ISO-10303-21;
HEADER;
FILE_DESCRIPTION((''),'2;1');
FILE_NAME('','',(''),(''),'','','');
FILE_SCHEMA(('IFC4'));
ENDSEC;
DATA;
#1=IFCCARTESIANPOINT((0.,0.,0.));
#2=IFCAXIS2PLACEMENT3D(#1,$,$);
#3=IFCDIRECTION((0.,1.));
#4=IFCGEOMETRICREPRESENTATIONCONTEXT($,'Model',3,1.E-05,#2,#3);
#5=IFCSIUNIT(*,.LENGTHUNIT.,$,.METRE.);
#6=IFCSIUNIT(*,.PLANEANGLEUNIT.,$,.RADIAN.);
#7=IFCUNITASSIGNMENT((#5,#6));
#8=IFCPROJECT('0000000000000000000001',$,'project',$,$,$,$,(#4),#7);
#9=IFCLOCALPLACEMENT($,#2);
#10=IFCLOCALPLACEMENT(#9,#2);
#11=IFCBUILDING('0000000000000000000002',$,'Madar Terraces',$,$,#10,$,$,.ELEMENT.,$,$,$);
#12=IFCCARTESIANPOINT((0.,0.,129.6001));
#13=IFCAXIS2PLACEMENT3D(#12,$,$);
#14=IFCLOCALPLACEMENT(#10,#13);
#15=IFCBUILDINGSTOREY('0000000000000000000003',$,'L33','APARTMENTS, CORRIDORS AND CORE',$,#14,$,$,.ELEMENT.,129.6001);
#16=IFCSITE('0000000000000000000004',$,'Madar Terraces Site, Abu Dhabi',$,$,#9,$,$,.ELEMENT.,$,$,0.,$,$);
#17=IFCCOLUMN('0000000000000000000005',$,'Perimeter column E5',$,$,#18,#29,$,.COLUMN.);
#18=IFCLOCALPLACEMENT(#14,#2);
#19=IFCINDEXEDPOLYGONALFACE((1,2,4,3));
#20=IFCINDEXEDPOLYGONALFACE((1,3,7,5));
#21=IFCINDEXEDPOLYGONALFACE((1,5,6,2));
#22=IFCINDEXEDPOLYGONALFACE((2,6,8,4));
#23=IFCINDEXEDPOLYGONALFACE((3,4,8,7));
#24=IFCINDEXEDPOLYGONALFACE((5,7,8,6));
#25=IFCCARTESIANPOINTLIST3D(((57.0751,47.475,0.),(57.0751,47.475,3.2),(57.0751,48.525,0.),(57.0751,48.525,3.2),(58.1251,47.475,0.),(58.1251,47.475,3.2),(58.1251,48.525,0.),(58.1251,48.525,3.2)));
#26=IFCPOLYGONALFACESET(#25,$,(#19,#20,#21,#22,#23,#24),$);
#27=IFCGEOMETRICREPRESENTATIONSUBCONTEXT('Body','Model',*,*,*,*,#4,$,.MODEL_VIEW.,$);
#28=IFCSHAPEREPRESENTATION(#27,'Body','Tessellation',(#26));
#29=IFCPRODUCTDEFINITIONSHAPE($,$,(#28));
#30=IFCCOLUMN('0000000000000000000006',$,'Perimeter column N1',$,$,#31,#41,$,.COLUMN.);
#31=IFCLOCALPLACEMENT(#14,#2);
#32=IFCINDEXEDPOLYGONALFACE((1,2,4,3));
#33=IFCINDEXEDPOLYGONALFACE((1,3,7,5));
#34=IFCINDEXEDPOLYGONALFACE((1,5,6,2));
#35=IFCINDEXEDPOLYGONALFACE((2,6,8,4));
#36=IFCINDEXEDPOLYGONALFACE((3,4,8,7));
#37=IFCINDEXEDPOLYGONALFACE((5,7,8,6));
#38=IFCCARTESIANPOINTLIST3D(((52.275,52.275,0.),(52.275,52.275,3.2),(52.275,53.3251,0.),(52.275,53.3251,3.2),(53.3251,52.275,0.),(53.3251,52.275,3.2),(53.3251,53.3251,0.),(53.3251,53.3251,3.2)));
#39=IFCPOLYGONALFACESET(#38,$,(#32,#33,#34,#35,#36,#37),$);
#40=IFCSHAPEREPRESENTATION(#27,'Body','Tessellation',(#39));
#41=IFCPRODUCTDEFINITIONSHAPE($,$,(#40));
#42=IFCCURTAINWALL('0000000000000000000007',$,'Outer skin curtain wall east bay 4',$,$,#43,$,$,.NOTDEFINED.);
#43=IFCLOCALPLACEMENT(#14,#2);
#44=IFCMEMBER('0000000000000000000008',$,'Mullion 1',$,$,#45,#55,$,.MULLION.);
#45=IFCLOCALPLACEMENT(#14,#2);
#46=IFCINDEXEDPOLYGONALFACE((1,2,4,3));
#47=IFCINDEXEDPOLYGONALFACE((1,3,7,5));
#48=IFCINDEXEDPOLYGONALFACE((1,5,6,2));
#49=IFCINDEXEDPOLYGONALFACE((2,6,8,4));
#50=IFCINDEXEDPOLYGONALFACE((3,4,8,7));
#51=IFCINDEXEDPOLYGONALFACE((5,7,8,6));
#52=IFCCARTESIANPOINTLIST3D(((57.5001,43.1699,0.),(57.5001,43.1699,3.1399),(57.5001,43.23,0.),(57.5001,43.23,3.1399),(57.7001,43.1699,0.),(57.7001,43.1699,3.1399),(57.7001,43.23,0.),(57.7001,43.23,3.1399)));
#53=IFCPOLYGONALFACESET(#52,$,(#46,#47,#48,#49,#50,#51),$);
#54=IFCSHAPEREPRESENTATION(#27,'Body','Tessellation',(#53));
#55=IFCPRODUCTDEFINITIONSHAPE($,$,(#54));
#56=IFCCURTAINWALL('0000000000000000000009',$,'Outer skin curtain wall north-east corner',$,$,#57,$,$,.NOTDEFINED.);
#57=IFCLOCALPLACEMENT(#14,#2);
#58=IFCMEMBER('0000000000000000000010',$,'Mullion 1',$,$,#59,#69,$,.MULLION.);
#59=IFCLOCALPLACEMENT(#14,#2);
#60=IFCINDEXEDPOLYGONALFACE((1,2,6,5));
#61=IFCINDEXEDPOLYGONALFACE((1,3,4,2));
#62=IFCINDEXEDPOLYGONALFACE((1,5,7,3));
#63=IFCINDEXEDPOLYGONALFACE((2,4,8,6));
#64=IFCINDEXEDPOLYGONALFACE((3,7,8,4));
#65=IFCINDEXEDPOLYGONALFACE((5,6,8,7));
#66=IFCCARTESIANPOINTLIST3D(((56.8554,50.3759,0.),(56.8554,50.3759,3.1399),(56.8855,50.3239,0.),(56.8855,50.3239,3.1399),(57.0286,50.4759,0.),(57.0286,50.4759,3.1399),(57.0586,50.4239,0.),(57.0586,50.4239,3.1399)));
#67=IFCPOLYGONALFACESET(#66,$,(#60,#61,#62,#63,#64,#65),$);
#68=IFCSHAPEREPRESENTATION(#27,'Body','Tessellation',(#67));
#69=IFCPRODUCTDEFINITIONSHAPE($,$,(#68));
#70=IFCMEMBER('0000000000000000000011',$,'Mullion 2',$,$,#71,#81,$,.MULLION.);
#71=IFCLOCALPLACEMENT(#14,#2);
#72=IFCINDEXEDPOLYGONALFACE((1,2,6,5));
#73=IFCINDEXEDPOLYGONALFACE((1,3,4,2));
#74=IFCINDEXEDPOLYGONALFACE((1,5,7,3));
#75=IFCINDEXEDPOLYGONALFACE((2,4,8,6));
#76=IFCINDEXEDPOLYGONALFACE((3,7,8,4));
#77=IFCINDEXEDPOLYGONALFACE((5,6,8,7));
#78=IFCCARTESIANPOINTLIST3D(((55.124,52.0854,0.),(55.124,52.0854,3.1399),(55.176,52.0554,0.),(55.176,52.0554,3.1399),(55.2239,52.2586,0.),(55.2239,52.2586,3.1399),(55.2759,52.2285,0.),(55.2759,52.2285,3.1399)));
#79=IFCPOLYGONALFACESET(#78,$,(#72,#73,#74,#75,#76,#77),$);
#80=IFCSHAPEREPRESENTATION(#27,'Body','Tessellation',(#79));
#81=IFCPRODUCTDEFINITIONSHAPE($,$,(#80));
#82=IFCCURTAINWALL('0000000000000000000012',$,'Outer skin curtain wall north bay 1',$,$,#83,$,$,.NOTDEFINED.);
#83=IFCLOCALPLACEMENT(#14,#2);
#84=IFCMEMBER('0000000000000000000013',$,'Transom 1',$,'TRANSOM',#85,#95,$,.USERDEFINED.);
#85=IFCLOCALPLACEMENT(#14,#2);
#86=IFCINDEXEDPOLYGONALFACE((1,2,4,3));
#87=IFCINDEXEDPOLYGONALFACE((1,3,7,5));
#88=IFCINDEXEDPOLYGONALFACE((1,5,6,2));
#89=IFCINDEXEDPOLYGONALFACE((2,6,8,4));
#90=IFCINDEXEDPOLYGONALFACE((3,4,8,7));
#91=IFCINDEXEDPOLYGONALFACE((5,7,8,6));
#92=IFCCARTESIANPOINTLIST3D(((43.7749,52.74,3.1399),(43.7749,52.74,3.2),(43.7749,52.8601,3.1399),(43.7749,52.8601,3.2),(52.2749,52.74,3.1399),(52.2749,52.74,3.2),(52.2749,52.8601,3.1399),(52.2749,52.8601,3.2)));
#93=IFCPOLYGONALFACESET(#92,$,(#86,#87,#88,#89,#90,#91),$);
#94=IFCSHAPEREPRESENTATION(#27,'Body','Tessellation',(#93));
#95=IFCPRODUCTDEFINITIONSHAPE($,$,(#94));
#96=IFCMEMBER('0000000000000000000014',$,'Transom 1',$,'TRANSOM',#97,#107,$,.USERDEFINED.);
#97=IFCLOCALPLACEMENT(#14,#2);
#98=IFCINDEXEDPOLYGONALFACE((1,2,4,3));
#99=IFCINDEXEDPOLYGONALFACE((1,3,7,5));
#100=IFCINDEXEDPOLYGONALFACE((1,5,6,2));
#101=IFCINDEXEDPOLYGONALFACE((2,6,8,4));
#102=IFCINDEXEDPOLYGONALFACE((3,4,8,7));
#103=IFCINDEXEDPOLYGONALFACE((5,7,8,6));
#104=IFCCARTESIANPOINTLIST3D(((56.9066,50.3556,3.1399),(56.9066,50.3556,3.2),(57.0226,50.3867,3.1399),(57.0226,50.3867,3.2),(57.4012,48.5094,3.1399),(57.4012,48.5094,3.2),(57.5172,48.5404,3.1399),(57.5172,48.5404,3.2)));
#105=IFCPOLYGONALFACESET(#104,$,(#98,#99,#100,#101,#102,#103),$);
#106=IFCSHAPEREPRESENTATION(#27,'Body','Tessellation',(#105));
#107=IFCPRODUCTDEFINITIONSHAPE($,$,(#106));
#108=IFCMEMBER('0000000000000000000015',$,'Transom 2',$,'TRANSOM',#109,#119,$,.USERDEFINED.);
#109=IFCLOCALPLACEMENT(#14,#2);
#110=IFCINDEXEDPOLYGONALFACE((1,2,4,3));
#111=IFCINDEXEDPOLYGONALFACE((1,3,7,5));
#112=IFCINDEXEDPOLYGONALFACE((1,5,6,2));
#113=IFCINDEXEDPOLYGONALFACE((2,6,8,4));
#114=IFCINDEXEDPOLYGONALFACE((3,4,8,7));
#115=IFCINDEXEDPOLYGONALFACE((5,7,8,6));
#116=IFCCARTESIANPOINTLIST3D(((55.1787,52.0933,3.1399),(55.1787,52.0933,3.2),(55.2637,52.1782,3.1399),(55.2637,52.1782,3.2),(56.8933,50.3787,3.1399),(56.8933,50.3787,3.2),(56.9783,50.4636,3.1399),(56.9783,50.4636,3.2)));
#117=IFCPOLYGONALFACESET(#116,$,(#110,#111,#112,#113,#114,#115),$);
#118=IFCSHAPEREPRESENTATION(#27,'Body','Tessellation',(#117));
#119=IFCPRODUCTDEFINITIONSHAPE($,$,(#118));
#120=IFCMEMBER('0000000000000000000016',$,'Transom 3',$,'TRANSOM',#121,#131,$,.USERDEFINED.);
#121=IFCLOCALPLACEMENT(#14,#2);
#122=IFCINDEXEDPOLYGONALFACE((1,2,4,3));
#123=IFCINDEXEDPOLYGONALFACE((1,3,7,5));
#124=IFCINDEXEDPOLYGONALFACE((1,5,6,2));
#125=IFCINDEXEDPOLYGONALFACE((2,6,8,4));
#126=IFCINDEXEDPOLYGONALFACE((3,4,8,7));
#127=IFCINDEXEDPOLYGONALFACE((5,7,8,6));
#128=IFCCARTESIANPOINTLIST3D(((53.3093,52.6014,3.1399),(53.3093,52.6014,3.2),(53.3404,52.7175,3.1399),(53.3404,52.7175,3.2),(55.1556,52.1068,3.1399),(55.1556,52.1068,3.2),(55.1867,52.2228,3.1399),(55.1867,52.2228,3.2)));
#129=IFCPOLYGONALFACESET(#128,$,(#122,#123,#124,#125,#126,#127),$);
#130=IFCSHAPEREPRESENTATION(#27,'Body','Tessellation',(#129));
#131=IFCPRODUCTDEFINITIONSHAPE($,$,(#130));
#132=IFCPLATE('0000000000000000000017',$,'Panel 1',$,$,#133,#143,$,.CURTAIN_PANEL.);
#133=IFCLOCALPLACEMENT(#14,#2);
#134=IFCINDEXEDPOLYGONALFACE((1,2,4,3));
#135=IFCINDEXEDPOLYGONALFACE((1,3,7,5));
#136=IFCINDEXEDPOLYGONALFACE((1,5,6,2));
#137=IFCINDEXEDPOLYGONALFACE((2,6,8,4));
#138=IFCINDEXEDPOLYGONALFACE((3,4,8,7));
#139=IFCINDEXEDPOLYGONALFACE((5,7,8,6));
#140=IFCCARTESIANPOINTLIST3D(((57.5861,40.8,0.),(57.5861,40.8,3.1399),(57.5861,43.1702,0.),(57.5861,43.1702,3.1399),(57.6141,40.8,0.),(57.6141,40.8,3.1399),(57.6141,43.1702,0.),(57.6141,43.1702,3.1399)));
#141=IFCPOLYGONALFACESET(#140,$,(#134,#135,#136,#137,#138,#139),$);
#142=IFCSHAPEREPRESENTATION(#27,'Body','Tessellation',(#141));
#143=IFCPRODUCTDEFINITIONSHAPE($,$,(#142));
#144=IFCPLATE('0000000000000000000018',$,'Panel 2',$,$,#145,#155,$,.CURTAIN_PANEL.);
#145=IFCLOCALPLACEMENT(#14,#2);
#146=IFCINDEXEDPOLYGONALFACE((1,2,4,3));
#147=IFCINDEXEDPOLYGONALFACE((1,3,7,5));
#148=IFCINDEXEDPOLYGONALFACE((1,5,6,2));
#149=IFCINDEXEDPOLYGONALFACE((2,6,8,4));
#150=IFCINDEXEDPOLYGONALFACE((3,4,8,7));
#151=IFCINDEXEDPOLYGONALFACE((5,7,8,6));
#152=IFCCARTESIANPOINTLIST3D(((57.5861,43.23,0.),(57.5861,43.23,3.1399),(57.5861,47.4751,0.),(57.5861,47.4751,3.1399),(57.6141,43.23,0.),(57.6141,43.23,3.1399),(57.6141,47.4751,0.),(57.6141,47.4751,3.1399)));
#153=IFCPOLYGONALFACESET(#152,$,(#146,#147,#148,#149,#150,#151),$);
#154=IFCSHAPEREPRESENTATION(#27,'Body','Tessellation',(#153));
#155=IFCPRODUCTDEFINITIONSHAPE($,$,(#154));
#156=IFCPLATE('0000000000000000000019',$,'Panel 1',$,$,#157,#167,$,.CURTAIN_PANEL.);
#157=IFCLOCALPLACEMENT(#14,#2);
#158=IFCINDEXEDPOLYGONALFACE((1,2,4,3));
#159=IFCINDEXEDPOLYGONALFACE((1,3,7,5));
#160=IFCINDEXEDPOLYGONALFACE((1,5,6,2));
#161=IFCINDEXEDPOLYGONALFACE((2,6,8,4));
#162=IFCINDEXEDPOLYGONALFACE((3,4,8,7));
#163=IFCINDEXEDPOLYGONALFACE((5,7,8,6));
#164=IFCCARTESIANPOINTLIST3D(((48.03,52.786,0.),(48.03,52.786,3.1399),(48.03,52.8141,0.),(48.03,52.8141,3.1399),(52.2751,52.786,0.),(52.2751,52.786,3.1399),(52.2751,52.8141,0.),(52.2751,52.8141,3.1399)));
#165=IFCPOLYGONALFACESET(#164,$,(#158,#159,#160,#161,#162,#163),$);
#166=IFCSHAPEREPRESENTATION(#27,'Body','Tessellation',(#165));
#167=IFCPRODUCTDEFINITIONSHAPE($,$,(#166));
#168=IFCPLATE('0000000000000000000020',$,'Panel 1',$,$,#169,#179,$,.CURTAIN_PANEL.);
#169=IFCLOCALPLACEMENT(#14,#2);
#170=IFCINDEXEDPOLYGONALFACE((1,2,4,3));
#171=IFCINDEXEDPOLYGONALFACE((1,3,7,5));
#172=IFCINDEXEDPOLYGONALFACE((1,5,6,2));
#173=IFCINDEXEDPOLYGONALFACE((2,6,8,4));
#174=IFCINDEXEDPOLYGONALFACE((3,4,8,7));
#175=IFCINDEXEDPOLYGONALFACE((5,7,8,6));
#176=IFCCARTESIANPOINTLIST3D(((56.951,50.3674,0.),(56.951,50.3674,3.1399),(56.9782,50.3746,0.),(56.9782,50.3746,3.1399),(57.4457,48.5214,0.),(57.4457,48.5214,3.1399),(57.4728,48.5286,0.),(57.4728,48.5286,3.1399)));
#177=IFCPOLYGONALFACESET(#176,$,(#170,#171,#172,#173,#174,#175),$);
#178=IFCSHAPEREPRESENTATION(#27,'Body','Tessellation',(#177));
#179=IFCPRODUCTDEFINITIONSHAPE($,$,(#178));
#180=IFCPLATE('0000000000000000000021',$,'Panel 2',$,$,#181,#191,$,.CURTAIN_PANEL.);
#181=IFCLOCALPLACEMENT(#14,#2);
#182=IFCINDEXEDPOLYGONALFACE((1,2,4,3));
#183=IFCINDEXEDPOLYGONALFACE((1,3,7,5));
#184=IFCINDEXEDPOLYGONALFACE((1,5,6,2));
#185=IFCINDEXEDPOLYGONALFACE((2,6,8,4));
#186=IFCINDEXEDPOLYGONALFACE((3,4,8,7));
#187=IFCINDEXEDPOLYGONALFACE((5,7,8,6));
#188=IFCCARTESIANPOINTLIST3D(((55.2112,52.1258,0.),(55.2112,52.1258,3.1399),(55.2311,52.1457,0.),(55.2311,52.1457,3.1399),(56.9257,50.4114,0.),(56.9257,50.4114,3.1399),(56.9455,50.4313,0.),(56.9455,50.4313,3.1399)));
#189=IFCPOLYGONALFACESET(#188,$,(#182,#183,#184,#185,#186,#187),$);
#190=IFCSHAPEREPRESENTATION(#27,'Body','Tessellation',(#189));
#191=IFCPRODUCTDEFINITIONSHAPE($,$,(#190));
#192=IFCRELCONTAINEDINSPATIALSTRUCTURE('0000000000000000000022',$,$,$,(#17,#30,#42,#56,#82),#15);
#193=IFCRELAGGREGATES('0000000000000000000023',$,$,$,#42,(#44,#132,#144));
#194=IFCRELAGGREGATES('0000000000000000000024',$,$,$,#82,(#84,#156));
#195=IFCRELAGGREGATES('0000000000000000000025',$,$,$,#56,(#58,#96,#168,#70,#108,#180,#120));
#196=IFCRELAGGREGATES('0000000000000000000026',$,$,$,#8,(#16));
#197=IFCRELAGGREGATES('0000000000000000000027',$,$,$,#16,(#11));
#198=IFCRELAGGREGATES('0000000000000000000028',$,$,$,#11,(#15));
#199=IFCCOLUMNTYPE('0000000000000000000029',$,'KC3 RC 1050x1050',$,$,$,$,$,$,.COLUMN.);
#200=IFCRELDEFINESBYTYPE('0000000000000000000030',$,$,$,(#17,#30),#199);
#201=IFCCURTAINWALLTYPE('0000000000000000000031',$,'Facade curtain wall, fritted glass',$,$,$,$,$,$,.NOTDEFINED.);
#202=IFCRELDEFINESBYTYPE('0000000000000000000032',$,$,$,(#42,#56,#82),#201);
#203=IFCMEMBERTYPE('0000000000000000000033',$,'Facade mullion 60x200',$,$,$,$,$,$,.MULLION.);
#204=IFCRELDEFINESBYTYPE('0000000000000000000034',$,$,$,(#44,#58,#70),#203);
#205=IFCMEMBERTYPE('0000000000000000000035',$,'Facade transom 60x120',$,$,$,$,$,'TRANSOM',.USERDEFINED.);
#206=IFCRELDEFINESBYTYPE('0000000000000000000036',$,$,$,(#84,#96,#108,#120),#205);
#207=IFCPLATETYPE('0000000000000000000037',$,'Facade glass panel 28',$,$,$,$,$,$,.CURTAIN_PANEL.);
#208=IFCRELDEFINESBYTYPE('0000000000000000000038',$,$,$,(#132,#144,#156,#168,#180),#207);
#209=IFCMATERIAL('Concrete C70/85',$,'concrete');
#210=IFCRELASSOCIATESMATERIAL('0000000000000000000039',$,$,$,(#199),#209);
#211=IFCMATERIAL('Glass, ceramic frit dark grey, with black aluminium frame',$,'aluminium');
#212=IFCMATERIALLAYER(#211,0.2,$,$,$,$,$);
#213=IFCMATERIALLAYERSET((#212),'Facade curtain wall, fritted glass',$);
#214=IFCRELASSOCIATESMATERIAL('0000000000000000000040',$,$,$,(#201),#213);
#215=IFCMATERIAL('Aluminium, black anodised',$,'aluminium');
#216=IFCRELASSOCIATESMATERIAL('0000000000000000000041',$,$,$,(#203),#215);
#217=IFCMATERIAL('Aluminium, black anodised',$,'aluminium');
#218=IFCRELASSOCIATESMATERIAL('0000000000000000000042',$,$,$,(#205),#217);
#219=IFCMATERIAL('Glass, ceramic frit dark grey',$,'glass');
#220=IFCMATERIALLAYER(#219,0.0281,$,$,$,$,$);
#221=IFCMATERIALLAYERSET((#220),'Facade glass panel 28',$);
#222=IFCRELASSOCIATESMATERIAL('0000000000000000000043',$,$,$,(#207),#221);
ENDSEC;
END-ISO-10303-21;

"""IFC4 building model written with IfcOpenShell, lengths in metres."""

from ifc_helpers import new_model, si_unit, direction, frame, origin, origin_2d, place, context, subcontext, project, spatial, rectangle, extrude, material, layer, layer_set, material_profile, profile_set, type_object, element, aggregate, save


model = new_model("IFC4")

# Units and contexts
model_context = context("Model", 3, precision=1e-05, world=origin(), true_north=direction((0.0, 1.0)))
body_context = subcontext(model_context, "Body", "Model", "MODEL_VIEW")
ifc_project = project(units=[si_unit("LENGTHUNIT", "METRE"), si_unit("PLANEANGLEUNIT", "RADIAN")], contexts=[model_context])

# Site, building, storey
site_placement = place(None, origin())
site = spatial("IfcSite", under=ifc_project, at=site_placement, Name="Madar Terraces Site, Abu Dhabi", CompositionType="ELEMENT", RefElevation=0.0)
building_placement = place(site_placement, origin())
building = spatial("IfcBuilding", under=site, at=building_placement, Name="Madar Terraces", CompositionType="ELEMENT")
storey_placement = place(building_placement, frame((0.0, 0.0, 129.6001)))
storey = spatial("IfcBuildingStorey", under=building, at=storey_placement, Name="L33", Description="APARTMENTS, CORRIDORS AND CORE", CompositionType="ELEMENT", Elevation=129.6001)

# Columns
ifc_material_1 = material(Name="Concrete C70/85", Category="concrete")
ifc_material_profile_1 = material_profile(ifc_material_1, rectangle(XDim=1.05, YDim=1.05, at=origin_2d()), Name="KC3 RC 1050x1050")
ifc_profile_set_1 = profile_set([ifc_material_profile_1], Name="Concrete C70/85")
column_type = type_object("IfcColumnType", Name="KC3 RC 1050x1050", PredefinedType="COLUMN", material=ifc_profile_set_1)
for number, where, z_axis, x_axis, name in (
    (1, (57.6001, 48.0, 0.0), (0.0, 0.0, 1.0), (1.0, 0.0, 0.0), "Perimeter column E5"),
    (2, (52.8, 52.8, 0.0), (0.0, 0.0, 1.0), (1.0, 0.0, 0.0), "Perimeter column N1"),
):
    element("IfcColumn", number, at=place(storey_placement, frame(where, z_axis=z_axis, x_axis=x_axis)), inside=storey, type_object=column_type, Name=name, PredefinedType="COLUMN", context=body_context, shape_type="SweptSolid", body=[
        extrude(rectangle(XDim=1.05, YDim=1.05, at=origin_2d()), origin(), (0.0, 0.0, 1.0), 3.2),
    ])

# Curtain wall, member
ifc_material_2 = material(Name="Glass, ceramic frit dark grey, with black aluminium frame", Category="aluminium")
ifc_layer_1 = layer(ifc_material_2, 0.2)
ifc_layer_set_1 = layer_set([ifc_layer_1], Name="Facade curtain wall, fritted glass")
curtain_wall_type = type_object("IfcCurtainWallType", Name="Facade curtain wall, fritted glass", PredefinedType="NOTDEFINED", material=ifc_layer_set_1)
curtain_wall_1_placement = place(storey_placement, origin())
curtain_wall_1 = element("IfcCurtainWall", 3, at=curtain_wall_1_placement, inside=storey, type_object=curtain_wall_type, Name="Outer skin curtain wall east bay 4", PredefinedType="NOTDEFINED")
ifc_material_3 = material(Name="Aluminium, black anodised", Category="aluminium")
ifc_material_profile_2 = material_profile(ifc_material_3, rectangle(XDim=0.2, YDim=0.0601, at=origin_2d()), Name="Facade mullion 60x200")
ifc_profile_set_2 = profile_set([ifc_material_profile_2], Name="Aluminium, black anodised")
member_type_1 = type_object("IfcMemberType", Name="Facade mullion 60x200", PredefinedType="MULLION", material=ifc_profile_set_2)
member_1_placement = place(storey_placement, frame((57.6001, 43.2, 0.0), z_axis=(0.0, 0.0, 1.0), x_axis=(-1.0, 0.0, 0.0)))
member_1 = element("IfcMember", 4, at=member_1_placement, type_object=member_type_1, Name="Mullion 1", PredefinedType="MULLION", context=body_context, shape_type="SweptSolid", body=[
    extrude(rectangle(XDim=0.2, YDim=0.0601, at=origin_2d()), origin(), (0.0, 0.0, 1.0), 3.1399),
])

# Curtain wall, members
curtain_wall_2_placement = place(storey_placement, origin())
curtain_wall_2 = element("IfcCurtainWall", 5, at=curtain_wall_2_placement, inside=storey, type_object=curtain_wall_type, Name="Outer skin curtain wall north-east corner", PredefinedType="NOTDEFINED")
member_2_placement = place(storey_placement, frame((56.957, 50.3999, 0.0), z_axis=(0.0, 0.0, 1.0), x_axis=(-0.866025, -0.5, 0.0)))
member_2 = element("IfcMember", 6, at=member_2_placement, type_object=member_type_1, Name="Mullion 1", PredefinedType="MULLION", context=body_context, shape_type="SweptSolid", body=[
    extrude(rectangle(XDim=0.2, YDim=0.0601, at=origin_2d()), origin(), (0.0, 0.0, 1.0), 3.1399),
])
member_3_placement = place(storey_placement, frame((55.2, 52.157, 0.0), z_axis=(0.0, 0.0, 1.0), x_axis=(-0.5, -0.866025, 0.0)))
member_3 = element("IfcMember", 7, at=member_3_placement, type_object=member_type_1, Name="Mullion 2", PredefinedType="MULLION", context=body_context, shape_type="SweptSolid", body=[
    extrude(rectangle(XDim=0.2, YDim=0.0601, at=origin_2d()), origin(), (0.0, 0.0, 1.0), 3.1399),
])

# Curtain wall, member
curtain_wall_3_placement = place(storey_placement, origin())
curtain_wall_3 = element("IfcCurtainWall", 8, at=curtain_wall_3_placement, inside=storey, type_object=curtain_wall_type, Name="Outer skin curtain wall north bay 1", PredefinedType="NOTDEFINED")
ifc_material_4 = material(Name="Aluminium, black anodised", Category="aluminium")
ifc_material_profile_3 = material_profile(ifc_material_4, rectangle(XDim=0.1201, YDim=0.0601, at=origin_2d()), Name="Facade transom 60x120")
ifc_profile_set_3 = profile_set([ifc_material_profile_3], Name="Aluminium, black anodised")
member_type_2 = type_object("IfcMemberType", Name="Facade transom 60x120", ElementType="TRANSOM", PredefinedType="USERDEFINED", material=ifc_profile_set_3)
member_4_placement = place(storey_placement, frame((52.2749, 52.8, 3.1699), z_axis=(-1.0, 0.0, 0.0), x_axis=(0.0, -1.0, 0.0)))
member_4 = element("IfcMember", 9, at=member_4_placement, type_object=member_type_2, Name="Transom 1", ObjectType="TRANSOM", PredefinedType="USERDEFINED", context=body_context, shape_type="SweptSolid", body=[
    extrude(rectangle(XDim=0.1201, YDim=0.0601, at=origin_2d()), origin(), (0.0, 0.0, 1.0), 8.5),
])

# Members
member_5_placement = place(storey_placement, frame((57.4592, 48.5249, 3.1699), z_axis=(-0.258791, 0.965933, 0.0), x_axis=(-0.965933, -0.258791, 0.0)))
member_5 = element("IfcMember", 10, at=member_5_placement, type_object=member_type_2, Name="Transom 1", ObjectType="TRANSOM", PredefinedType="USERDEFINED", context=body_context, shape_type="SweptSolid", body=[
    extrude(rectangle(XDim=0.1201, YDim=0.0601, at=origin_2d()), origin(), (0.0, 0.0, 1.0), 1.9114),
])
member_6_placement = place(storey_placement, frame((56.9358, 50.4211, 3.1699), z_axis=(-0.707107, 0.707107, 0.0), x_axis=(-0.707107, -0.707107, 0.0)))
member_6 = element("IfcMember", 11, at=member_6_placement, type_object=member_type_2, Name="Transom 2", ObjectType="TRANSOM", PredefinedType="USERDEFINED", context=body_context, shape_type="SweptSolid", body=[
    extrude(rectangle(XDim=0.1201, YDim=0.0601, at=origin_2d()), origin(), (0.0, 0.0, 1.0), 2.4248),
])
member_7_placement = place(storey_placement, frame((55.1711, 52.1648, 3.1699), z_axis=(-0.965933, 0.258791, 0.0), x_axis=(-0.258791, -0.965933, 0.0)))
member_7 = element("IfcMember", 12, at=member_7_placement, type_object=member_type_2, Name="Transom 3", ObjectType="TRANSOM", PredefinedType="USERDEFINED", context=body_context, shape_type="SweptSolid", body=[
    extrude(rectangle(XDim=0.1201, YDim=0.0601, at=origin_2d()), origin(), (0.0, 0.0, 1.0), 1.9114),
])

# Plates
ifc_material_5 = material(Name="Glass, ceramic frit dark grey", Category="glass")
ifc_layer_2 = layer(ifc_material_5, 0.0281)
ifc_layer_set_2 = layer_set([ifc_layer_2], Name="Facade glass panel 28")
plate_type = type_object("IfcPlateType", Name="Facade glass panel 28", PredefinedType="CURTAIN_PANEL", material=ifc_layer_set_2)
plate_1_placement = place(storey_placement, frame((57.6001, 41.9851, 0.0), z_axis=(0.0, 0.0, 1.0), x_axis=(0.0, 1.0, 0.0)))
plate_1 = element("IfcPlate", 13, at=plate_1_placement, type_object=plate_type, Name="Panel 1", PredefinedType="CURTAIN_PANEL", context=body_context, shape_type="SweptSolid", body=[
    extrude(rectangle(XDim=2.3701, YDim=0.0281, at=origin_2d()), origin(), (0.0, 0.0, 1.0), 3.1399),
])
plate_2_placement = place(storey_placement, frame((57.6001, 45.3525, 0.0), z_axis=(0.0, 0.0, 1.0), x_axis=(0.0, 1.0, 0.0)))
plate_2 = element("IfcPlate", 14, at=plate_2_placement, type_object=plate_type, Name="Panel 2", PredefinedType="CURTAIN_PANEL", context=body_context, shape_type="SweptSolid", body=[
    extrude(rectangle(XDim=4.2451, YDim=0.0281, at=origin_2d()), origin(), (0.0, 0.0, 1.0), 3.1399),
])
aggregate(curtain_wall_1, [member_1, plate_1, plate_2])
plate_3_placement = place(storey_placement, frame((50.1526, 52.8, 0.0), z_axis=(0.0, 0.0, 1.0), x_axis=(-1.0, 0.0, 0.0)))
plate_3 = element("IfcPlate", 15, at=plate_3_placement, type_object=plate_type, Name="Panel 1", PredefinedType="CURTAIN_PANEL", context=body_context, shape_type="SweptSolid", body=[
    extrude(rectangle(XDim=4.2451, YDim=0.0281, at=origin_2d()), origin(), (0.0, 0.0, 1.0), 3.1399),
])
aggregate(curtain_wall_3, [member_4, plate_3])
plate_4_placement = place(storey_placement, frame((57.2119, 49.448, 0.0), z_axis=(0.0, 0.0, 1.0), x_axis=(-0.258819, 0.965926, 0.0)))
plate_4 = element("IfcPlate", 16, at=plate_4_placement, type_object=plate_type, Name="Panel 1", PredefinedType="CURTAIN_PANEL", context=body_context, shape_type="SweptSolid", body=[
    extrude(rectangle(XDim=1.9111, YDim=0.0281, at=origin_2d()), origin(), (0.0, 0.0, 1.0), 3.1399),
])
plate_5_placement = place(storey_placement, frame((56.0784, 51.2786, 0.0), z_axis=(0.0, 0.0, 1.0), x_axis=(-0.707107, 0.707107, 0.0)))
plate_5 = element("IfcPlate", 17, at=plate_5_placement, type_object=plate_type, Name="Panel 2", PredefinedType="CURTAIN_PANEL", context=body_context, shape_type="SweptSolid", body=[
    extrude(rectangle(XDim=2.4246, YDim=0.0281, at=origin_2d()), origin(), (0.0, 0.0, 1.0), 3.1399),
])
aggregate(curtain_wall_2, [member_2, member_5, plate_4, member_3, member_6, plate_5, member_7])

save(model, "model.ifc")
